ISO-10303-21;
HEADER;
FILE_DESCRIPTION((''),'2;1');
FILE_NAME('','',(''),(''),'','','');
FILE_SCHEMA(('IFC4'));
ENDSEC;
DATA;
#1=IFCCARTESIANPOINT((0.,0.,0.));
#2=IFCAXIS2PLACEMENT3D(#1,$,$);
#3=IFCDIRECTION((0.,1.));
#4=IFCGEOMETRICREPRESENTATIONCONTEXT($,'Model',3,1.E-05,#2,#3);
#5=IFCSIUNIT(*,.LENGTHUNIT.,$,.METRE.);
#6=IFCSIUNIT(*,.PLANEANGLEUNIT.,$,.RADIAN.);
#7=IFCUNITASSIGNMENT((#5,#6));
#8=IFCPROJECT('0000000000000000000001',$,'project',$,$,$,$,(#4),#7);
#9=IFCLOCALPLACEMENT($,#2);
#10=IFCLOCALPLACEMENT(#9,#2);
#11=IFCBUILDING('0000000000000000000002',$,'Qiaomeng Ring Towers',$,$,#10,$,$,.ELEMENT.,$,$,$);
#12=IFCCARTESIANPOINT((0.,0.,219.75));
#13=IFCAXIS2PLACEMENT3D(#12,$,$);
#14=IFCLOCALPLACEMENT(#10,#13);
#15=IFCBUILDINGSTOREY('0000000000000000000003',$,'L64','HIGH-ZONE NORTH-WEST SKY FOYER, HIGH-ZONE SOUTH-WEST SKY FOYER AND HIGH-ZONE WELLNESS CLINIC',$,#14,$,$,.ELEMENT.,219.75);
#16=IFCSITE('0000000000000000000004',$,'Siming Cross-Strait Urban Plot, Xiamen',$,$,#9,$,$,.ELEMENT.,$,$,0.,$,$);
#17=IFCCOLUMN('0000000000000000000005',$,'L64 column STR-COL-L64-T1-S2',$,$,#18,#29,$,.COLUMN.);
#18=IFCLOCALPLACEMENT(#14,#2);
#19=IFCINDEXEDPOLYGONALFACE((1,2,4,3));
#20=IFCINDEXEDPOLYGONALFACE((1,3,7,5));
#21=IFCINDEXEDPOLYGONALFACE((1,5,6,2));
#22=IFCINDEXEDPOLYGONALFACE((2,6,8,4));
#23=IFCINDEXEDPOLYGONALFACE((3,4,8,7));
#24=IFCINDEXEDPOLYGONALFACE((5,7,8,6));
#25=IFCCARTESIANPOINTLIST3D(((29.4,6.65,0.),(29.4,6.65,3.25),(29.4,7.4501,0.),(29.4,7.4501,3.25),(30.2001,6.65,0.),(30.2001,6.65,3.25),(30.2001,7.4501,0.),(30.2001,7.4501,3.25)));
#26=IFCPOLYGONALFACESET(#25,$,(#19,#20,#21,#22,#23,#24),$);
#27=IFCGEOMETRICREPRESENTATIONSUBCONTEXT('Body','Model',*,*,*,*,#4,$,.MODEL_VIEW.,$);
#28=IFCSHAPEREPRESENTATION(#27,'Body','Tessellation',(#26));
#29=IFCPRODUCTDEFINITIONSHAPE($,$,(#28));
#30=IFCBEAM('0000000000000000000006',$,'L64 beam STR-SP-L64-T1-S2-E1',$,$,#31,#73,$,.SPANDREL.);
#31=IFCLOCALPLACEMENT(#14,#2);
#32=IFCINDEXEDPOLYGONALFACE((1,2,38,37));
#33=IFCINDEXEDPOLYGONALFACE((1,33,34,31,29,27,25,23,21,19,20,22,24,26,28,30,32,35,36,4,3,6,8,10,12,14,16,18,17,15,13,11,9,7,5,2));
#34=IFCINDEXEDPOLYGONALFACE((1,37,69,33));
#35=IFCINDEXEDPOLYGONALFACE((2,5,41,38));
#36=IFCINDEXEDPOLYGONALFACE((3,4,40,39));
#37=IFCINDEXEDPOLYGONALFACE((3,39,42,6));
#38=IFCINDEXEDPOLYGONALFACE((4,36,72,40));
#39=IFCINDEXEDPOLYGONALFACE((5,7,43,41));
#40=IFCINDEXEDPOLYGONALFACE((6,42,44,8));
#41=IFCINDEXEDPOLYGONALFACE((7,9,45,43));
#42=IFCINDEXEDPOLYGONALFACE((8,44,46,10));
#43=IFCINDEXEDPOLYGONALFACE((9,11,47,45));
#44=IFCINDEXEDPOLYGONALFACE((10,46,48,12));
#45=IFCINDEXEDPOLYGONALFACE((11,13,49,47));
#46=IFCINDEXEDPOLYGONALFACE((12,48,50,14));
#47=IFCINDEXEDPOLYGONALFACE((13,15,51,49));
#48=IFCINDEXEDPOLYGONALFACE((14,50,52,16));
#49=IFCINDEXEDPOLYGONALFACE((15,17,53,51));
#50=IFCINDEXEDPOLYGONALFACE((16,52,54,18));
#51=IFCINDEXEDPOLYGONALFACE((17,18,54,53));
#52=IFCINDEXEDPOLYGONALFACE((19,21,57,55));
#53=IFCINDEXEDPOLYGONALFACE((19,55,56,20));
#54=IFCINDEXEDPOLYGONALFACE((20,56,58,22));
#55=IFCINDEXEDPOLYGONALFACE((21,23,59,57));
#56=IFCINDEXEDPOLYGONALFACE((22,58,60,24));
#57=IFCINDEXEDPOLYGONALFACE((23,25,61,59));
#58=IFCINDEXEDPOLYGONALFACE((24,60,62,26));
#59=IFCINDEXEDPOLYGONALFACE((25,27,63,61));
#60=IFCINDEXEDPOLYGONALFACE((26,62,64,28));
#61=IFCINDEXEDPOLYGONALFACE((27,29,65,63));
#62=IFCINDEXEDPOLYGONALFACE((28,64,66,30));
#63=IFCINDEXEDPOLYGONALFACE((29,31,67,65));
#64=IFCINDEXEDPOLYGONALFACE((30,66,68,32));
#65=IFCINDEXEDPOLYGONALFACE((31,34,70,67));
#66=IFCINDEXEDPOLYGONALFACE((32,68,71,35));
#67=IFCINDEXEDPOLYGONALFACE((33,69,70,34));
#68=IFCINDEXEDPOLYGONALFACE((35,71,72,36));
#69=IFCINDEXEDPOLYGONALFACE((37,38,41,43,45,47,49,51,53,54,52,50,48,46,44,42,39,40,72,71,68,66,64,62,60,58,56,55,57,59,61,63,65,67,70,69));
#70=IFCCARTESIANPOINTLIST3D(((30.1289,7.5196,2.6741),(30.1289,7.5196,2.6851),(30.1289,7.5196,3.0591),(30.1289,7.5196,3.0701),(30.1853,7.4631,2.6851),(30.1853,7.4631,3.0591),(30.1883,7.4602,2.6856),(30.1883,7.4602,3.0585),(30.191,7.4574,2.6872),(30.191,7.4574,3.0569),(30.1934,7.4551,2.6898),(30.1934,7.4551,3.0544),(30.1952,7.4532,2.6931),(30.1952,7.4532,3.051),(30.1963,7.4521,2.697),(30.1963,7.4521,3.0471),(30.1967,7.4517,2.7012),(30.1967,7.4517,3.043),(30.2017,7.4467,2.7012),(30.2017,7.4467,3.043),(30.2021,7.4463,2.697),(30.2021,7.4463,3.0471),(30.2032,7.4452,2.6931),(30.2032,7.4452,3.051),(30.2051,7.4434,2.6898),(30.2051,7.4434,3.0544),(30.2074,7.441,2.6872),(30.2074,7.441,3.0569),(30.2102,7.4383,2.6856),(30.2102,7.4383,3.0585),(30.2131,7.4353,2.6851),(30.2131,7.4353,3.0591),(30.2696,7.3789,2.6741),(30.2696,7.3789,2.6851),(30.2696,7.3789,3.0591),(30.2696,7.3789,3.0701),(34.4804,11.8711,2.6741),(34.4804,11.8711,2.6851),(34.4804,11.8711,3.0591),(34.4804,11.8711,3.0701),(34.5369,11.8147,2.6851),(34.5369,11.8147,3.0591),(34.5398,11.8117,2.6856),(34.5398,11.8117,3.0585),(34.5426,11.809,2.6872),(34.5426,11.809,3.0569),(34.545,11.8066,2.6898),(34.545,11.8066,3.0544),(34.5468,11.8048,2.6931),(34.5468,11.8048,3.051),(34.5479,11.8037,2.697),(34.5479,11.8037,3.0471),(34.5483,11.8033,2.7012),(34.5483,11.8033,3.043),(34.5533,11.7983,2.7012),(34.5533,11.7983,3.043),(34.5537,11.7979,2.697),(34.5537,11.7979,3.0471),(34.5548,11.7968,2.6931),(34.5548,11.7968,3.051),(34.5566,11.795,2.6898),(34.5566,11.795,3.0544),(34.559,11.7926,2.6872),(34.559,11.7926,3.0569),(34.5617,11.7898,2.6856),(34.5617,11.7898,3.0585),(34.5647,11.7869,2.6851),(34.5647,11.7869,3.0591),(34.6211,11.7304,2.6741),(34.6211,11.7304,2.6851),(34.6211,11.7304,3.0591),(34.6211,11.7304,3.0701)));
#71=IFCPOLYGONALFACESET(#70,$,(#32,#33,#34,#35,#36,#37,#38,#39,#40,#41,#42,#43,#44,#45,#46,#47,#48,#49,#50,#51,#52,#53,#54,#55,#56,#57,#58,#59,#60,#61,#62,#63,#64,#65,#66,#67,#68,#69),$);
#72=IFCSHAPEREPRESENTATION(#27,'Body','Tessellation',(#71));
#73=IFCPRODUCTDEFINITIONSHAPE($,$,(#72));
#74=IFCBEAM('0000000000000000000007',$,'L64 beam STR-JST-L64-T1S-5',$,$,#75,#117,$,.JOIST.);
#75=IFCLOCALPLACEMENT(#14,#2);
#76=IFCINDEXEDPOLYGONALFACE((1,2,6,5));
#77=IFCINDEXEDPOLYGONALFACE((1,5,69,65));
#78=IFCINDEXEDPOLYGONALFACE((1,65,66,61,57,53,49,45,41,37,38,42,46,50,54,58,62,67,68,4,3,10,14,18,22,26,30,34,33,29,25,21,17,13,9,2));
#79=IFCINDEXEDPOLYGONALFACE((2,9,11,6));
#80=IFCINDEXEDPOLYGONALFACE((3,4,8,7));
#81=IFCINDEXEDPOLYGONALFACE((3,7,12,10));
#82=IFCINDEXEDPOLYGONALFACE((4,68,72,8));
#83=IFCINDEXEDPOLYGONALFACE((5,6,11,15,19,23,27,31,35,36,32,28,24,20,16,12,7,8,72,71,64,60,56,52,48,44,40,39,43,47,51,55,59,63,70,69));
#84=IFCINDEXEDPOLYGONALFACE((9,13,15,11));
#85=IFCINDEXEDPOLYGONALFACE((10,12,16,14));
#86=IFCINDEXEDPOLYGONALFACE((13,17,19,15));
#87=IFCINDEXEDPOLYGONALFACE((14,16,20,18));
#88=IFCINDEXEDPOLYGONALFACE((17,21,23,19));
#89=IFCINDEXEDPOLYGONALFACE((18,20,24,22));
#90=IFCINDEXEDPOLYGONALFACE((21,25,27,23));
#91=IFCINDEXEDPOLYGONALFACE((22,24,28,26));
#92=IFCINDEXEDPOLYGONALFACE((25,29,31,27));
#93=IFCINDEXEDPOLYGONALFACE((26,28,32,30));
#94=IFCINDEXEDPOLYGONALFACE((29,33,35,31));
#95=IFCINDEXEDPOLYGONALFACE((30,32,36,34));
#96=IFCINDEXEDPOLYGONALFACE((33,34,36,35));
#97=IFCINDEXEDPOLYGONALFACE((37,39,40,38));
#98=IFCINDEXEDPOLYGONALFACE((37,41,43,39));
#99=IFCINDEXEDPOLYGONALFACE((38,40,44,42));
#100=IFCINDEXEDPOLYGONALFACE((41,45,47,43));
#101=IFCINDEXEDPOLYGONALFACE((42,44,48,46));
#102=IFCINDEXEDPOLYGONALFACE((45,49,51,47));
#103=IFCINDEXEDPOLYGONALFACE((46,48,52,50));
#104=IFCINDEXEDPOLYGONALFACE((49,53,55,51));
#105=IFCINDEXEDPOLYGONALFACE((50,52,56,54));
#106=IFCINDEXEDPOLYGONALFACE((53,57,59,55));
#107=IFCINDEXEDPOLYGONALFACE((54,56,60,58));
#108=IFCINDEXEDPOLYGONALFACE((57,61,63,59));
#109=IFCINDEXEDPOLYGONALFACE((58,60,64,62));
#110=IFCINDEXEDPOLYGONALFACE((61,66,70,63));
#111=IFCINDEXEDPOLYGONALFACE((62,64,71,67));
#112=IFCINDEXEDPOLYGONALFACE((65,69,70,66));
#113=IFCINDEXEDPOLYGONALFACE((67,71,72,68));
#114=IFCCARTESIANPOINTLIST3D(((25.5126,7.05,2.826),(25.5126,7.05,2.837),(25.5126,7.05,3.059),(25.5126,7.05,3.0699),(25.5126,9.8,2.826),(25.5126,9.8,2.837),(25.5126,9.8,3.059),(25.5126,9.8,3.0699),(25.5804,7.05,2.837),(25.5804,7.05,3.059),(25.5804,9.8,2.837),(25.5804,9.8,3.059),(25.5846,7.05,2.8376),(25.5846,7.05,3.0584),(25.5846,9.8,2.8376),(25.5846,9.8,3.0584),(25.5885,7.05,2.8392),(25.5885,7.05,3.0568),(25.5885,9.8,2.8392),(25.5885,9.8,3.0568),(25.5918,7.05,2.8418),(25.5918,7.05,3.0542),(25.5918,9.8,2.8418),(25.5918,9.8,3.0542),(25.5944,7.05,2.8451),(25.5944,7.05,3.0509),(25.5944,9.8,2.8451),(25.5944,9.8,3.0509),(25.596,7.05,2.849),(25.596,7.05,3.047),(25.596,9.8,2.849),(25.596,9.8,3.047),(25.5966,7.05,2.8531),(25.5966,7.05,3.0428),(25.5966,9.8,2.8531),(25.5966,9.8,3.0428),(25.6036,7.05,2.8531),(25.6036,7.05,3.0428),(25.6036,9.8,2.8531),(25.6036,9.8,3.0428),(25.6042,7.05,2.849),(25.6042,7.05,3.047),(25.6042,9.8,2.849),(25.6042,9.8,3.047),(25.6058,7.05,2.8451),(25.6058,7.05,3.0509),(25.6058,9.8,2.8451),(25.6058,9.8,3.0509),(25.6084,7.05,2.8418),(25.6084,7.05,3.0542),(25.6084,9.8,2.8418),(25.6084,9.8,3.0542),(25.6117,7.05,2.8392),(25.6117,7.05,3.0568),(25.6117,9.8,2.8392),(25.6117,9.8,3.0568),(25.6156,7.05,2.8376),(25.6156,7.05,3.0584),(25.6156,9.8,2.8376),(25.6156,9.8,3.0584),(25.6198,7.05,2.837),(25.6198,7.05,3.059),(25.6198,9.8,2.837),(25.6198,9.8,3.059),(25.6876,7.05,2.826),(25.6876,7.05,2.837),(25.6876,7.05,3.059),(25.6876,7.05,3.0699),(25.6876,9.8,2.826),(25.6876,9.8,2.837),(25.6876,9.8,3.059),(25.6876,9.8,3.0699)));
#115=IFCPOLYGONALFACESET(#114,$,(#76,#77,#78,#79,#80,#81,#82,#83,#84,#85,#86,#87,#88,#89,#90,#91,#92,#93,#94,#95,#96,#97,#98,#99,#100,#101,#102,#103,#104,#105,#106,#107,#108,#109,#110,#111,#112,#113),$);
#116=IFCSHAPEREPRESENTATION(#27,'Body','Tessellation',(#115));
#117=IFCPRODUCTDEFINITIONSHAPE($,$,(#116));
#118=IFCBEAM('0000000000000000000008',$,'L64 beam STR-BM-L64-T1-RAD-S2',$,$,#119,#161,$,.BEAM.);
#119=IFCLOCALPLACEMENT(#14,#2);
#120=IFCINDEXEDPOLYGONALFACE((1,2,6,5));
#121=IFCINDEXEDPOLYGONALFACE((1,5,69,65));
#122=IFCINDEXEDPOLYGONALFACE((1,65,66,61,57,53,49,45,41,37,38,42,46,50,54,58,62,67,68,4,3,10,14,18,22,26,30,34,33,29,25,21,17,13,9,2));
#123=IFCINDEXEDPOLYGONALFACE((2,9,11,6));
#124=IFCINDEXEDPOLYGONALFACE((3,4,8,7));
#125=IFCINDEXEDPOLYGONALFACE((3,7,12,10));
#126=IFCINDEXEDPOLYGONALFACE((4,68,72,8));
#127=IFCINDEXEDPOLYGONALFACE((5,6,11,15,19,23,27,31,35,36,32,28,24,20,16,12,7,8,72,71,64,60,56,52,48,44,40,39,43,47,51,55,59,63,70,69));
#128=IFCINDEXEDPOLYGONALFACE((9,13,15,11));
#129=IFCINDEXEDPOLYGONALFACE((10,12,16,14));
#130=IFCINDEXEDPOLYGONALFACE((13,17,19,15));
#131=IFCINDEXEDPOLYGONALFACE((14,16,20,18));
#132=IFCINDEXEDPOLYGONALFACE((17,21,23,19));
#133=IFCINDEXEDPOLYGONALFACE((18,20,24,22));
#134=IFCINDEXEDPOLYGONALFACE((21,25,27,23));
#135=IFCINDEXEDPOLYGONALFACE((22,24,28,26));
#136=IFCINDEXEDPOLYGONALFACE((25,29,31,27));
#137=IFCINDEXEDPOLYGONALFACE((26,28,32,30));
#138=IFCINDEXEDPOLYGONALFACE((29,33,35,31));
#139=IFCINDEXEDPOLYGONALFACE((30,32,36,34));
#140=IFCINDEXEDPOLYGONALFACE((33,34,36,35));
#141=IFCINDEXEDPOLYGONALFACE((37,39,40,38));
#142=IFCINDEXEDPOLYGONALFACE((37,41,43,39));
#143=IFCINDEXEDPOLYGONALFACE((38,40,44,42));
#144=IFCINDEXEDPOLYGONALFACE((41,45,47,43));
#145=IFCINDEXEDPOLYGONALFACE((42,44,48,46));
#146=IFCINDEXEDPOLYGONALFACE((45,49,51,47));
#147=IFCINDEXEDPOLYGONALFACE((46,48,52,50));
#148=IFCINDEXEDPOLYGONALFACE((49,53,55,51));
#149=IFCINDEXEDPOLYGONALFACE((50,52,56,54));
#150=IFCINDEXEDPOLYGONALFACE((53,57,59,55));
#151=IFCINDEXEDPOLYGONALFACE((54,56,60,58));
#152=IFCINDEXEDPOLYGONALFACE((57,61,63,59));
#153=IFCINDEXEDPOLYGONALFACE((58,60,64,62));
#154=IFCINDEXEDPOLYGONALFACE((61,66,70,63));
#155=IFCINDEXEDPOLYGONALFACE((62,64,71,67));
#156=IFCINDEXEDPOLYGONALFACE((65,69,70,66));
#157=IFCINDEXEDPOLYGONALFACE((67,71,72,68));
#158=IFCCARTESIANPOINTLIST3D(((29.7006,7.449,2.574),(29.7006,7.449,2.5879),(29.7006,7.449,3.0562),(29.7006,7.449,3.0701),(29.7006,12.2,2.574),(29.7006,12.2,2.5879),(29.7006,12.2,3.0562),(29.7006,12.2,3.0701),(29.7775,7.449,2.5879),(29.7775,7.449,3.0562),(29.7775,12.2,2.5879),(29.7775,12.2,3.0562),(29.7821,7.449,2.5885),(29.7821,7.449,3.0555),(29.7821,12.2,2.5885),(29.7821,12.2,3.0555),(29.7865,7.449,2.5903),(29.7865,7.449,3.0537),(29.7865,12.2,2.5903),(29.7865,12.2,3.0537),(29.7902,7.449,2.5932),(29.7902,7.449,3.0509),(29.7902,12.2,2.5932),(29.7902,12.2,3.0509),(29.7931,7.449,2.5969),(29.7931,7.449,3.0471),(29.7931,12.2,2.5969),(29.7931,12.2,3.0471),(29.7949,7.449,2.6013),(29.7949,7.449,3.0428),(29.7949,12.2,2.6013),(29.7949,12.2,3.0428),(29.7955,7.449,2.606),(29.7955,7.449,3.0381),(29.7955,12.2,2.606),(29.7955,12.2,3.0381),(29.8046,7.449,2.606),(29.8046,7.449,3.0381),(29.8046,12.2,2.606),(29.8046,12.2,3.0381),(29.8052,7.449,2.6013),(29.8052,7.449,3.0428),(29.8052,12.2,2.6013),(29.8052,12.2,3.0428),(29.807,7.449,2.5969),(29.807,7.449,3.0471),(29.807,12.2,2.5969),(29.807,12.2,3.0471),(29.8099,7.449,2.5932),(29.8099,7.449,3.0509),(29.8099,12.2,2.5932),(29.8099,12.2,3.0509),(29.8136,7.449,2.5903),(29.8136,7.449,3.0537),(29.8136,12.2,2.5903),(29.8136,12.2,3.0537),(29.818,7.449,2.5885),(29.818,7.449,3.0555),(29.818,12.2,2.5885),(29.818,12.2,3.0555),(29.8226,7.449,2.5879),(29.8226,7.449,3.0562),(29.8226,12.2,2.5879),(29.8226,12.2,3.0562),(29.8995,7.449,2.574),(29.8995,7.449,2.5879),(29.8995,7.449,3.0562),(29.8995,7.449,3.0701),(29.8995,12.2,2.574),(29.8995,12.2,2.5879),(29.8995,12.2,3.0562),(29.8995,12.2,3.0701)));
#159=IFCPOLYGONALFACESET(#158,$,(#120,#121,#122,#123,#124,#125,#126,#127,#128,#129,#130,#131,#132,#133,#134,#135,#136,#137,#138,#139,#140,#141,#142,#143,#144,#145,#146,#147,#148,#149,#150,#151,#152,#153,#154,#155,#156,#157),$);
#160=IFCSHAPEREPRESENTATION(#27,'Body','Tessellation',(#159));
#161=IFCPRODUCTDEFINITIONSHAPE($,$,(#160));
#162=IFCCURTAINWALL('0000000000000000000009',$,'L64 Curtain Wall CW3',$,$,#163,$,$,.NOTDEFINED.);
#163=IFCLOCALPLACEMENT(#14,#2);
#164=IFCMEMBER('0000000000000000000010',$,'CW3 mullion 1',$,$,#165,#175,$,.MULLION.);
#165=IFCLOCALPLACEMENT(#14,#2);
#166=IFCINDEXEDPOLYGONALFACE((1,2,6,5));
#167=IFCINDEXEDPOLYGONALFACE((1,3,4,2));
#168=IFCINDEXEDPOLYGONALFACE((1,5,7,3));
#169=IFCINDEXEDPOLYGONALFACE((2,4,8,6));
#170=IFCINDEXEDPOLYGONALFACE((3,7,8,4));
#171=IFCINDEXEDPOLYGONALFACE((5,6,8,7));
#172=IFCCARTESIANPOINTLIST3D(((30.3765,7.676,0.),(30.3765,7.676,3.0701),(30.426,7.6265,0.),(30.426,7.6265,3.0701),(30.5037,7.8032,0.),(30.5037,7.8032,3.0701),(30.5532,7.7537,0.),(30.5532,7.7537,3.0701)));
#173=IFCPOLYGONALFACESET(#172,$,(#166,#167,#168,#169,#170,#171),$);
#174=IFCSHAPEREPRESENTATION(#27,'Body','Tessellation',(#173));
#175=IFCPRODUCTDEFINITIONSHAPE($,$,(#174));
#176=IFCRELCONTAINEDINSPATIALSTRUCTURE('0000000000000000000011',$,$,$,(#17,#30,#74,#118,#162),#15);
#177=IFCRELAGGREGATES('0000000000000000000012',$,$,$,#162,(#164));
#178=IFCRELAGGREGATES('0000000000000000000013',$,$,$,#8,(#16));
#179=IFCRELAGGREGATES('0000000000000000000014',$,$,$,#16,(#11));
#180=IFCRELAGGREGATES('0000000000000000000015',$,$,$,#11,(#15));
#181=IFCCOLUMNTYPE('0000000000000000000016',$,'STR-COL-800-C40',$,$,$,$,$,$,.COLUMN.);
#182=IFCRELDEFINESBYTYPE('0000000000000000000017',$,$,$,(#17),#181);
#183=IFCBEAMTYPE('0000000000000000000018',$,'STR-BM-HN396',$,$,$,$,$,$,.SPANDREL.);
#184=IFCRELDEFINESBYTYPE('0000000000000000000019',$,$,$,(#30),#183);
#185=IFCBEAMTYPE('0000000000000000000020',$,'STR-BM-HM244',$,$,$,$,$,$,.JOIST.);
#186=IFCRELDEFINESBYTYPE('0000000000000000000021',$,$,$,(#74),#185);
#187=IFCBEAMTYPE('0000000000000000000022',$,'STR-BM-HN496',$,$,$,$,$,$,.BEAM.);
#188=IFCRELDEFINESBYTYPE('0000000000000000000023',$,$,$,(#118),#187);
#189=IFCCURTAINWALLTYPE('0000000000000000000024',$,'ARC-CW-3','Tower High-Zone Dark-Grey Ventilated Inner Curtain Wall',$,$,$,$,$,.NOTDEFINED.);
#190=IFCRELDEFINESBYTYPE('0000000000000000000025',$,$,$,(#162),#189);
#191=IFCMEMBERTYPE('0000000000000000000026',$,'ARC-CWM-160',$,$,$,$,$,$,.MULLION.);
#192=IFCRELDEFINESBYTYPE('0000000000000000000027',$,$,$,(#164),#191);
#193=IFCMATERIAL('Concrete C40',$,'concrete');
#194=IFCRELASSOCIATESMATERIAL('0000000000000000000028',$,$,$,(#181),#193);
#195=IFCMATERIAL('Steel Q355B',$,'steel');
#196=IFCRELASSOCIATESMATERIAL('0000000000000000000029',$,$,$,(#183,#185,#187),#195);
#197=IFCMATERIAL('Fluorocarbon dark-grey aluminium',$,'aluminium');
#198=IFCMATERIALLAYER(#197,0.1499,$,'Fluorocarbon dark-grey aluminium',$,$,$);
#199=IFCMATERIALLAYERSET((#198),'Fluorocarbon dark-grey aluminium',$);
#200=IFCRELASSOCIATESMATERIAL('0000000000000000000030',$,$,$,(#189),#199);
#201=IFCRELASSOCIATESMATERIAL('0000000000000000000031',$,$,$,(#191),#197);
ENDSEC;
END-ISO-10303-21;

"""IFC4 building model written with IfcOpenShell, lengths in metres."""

from ifc_helpers import new_model, si_unit, direction, frame, origin, origin_2d, place, context, subcontext, project, spatial, rectangle, i_section, extrude, source, transform, mapped, material, layer, layer_set, material_profile, profile_set, type_object, element, aggregate, save


model = new_model("IFC4")

# Units and contexts
model_context = context("Model", 3, precision=1e-05, world=origin(), true_north=direction((0.0, 1.0)))
body_context = subcontext(model_context, "Body", "Model", "MODEL_VIEW")
ifc_project = project(units=[si_unit("LENGTHUNIT", "METRE"), si_unit("PLANEANGLEUNIT", "RADIAN")], contexts=[model_context])

# Site, building, storey
site_placement = place(None, origin())
site = spatial("IfcSite", under=ifc_project, at=site_placement, Name="Siming Cross-Strait Urban Plot, Xiamen", CompositionType="ELEMENT", RefElevation=0.0)
building_placement = place(site_placement, origin())
building = spatial("IfcBuilding", under=site, at=building_placement, Name="Qiaomeng Ring Towers", CompositionType="ELEMENT")
storey_placement = place(building_placement, frame((0.0, 0.0, 219.75)))
storey = spatial("IfcBuildingStorey", under=building, at=storey_placement, Name="L64", Description="HIGH-ZONE NORTH-WEST SKY FOYER, HIGH-ZONE SOUTH-WEST SKY FOYER AND HIGH-ZONE WELLNESS CLINIC", CompositionType="ELEMENT", Elevation=219.75)

# Column
ifc_material_1 = material(Name="Concrete C40", Category="concrete")
ifc_material_profile_1 = material_profile(ifc_material_1, rectangle(XDim=0.8, YDim=0.8, at=origin_2d()), Name="RC COL 800x800")
ifc_profile_set_1 = profile_set([ifc_material_profile_1], Name="Concrete C40")
column_type = type_object("IfcColumnType", Name="STR-COL-800-C40", PredefinedType="COLUMN", material=ifc_profile_set_1)
shared_shape_1 = source(origin(), body_context, "Body", "SweptSolid", [
    extrude(rectangle(XDim=0.8, YDim=0.8, at=origin_2d()), origin(), (0.0, 0.0, 1.0), 3.25),
])
column_placement = place(storey_placement, frame((29.8, 7.05, 0.0), z_axis=(0.0, 0.0, 1.0), x_axis=(1.0, 0.0, 0.0)))
element("IfcColumn", 1, at=column_placement, inside=storey, type_object=column_type, Name="L64 column STR-COL-L64-T1-S2", PredefinedType="COLUMN", context=body_context, shape_type="MappedRepresentation", body=[
    mapped(shared_shape_1, transform((0.0, 0.0, 0.0), x_axis=(1.0, 0.0, 0.0), y_axis=(0.0, 1.0, 0.0), z_axis=(0.0, 0.0, 1.0), scale=1.0)),
])

# Beams
ifc_material_2 = material(Name="Steel Q355B", Category="steel")
ifc_material_profile_2 = material_profile(ifc_material_2, i_section(OverallWidth=0.199, OverallDepth=0.396, WebThickness=0.0071, FlangeThickness=0.011, FilletRadius=0.0161, at=origin_2d()), Name="HN 396x199x7x11")
ifc_profile_set_2 = profile_set([ifc_material_profile_2], Name="Steel Q355B")
beam_type_1 = type_object("IfcBeamType", Name="STR-BM-HN396", PredefinedType="SPANDREL", material=ifc_profile_set_2)
shared_shape_2 = source(origin(), body_context, "Body", "SweptSolid", [
    extrude(i_section(OverallWidth=0.199, OverallDepth=0.396, WebThickness=0.0071, FlangeThickness=0.011, FilletRadius=0.0161, at=origin_2d()), origin(), (0.0, 0.0, 1.0), 6.1541),
])
beam_1_placement = place(storey_placement, frame((30.1992, 7.4492, 2.8721), z_axis=(0.707107, 0.707107, 0.0), x_axis=(-0.707107, 0.707107, 0.0)))
element("IfcBeam", 2, at=beam_1_placement, inside=storey, type_object=beam_type_1, Name="L64 beam STR-SP-L64-T1-S2-E1", PredefinedType="SPANDREL", context=body_context, shape_type="MappedRepresentation", body=[
    mapped(shared_shape_2, transform((0.0, 0.0, 0.0), x_axis=(1.0, 0.0, 0.0), y_axis=(0.0, 1.0, 0.0), z_axis=(0.0, 0.0, 1.0), scale=1.0)),
])
ifc_material_profile_3 = material_profile(ifc_material_2, i_section(OverallWidth=0.175, OverallDepth=0.2439, WebThickness=0.0071, FlangeThickness=0.011, FilletRadius=0.0161, at=origin_2d()), Name="HM 244x175x7x11")
ifc_profile_set_3 = profile_set([ifc_material_profile_3], Name="Steel Q355B")
beam_type_2 = type_object("IfcBeamType", Name="STR-BM-HM244", PredefinedType="JOIST", material=ifc_profile_set_3)
shared_shape_3 = source(origin(), body_context, "Body", "SweptSolid", [
    extrude(i_section(OverallWidth=0.175, OverallDepth=0.2439, WebThickness=0.0071, FlangeThickness=0.011, FilletRadius=0.0161, at=origin_2d()), origin(), (0.0, 0.0, 1.0), 2.75),
])
beam_2_placement = place(storey_placement, frame((25.6001, 7.05, 2.948), z_axis=(0.0, 1.0, 0.0), x_axis=(-1.0, 0.0, 0.0)))
element("IfcBeam", 3, at=beam_2_placement, inside=storey, type_object=beam_type_2, Name="L64 beam STR-JST-L64-T1S-5", PredefinedType="JOIST", context=body_context, shape_type="MappedRepresentation", body=[
    mapped(shared_shape_3, transform((0.0, 0.0, 0.0), x_axis=(1.0, 0.0, 0.0), y_axis=(0.0, 1.0, 0.0), z_axis=(0.0, 0.0, 1.0), scale=1.0)),
])
ifc_material_profile_4 = material_profile(ifc_material_2, i_section(OverallWidth=0.199, OverallDepth=0.4961, WebThickness=0.009, FlangeThickness=0.0139, FilletRadius=0.0181, at=origin_2d()), Name="HN 496x199x9x14")
ifc_profile_set_4 = profile_set([ifc_material_profile_4], Name="Steel Q355B")
beam_type_3 = type_object("IfcBeamType", Name="STR-BM-HN496", PredefinedType="BEAM", material=ifc_profile_set_4)
shared_shape_4 = source(origin(), body_context, "Body", "SweptSolid", [
    extrude(i_section(OverallWidth=0.199, OverallDepth=0.4961, WebThickness=0.009, FlangeThickness=0.0139, FilletRadius=0.0181, at=origin_2d()), origin(), (0.0, 0.0, 1.0), 4.751),
])
beam_3_placement = place(storey_placement, frame((29.8, 7.449, 2.822), z_axis=(0.0, 1.0, 0.0), x_axis=(-1.0, 0.0, 0.0)))
element("IfcBeam", 4, at=beam_3_placement, inside=storey, type_object=beam_type_3, Name="L64 beam STR-BM-L64-T1-RAD-S2", PredefinedType="BEAM", context=body_context, shape_type="MappedRepresentation", body=[
    mapped(shared_shape_4, transform((0.0, 0.0, 0.0), x_axis=(1.0, 0.0, 0.0), y_axis=(0.0, 1.0, 0.0), z_axis=(0.0, 0.0, 1.0), scale=1.0)),
])

# Curtain wall, member
ifc_material_3 = material(Name="Fluorocarbon dark-grey aluminium", Category="aluminium")
ifc_layer_1 = layer(ifc_material_3, 0.1499, Name="Fluorocarbon dark-grey aluminium")
ifc_layer_set_1 = layer_set([ifc_layer_1], Name="Fluorocarbon dark-grey aluminium")
curtain_wall_type = type_object("IfcCurtainWallType", Name="ARC-CW-3", Description="Tower High-Zone Dark-Grey Ventilated Inner Curtain Wall", PredefinedType="NOTDEFINED", material=ifc_layer_set_1)
curtain_wall_placement = place(storey_placement, origin())
curtain_wall = element("IfcCurtainWall", 5, at=curtain_wall_placement, inside=storey, type_object=curtain_wall_type, Name="L64 Curtain Wall CW3", PredefinedType="NOTDEFINED")
ifc_material_profile_5 = material_profile(ifc_material_3, rectangle(XDim=0.0701, YDim=0.1799, at=origin_2d()), Name="ALU MULL 70x180")
ifc_profile_set_5 = profile_set([ifc_material_profile_5], Name="Fluorocarbon dark-grey aluminium")
member_type_1 = type_object("IfcMemberType", Name="ARC-CWM-160", PredefinedType="MULLION", material=ifc_profile_set_5)
shared_shape_5 = source(origin(), body_context, "Body", "SweptSolid", [
    extrude(rectangle(XDim=0.0701, YDim=0.1799, at=origin_2d()), origin(), (0.0, 0.0, 1.0), 3.0701),
])
member_1_placement = place(storey_placement, frame((30.4648, 7.7148, 0.0), z_axis=(0.0, 0.0, 1.0), x_axis=(-0.707107, 0.707107, 0.0)))
member_1 = element("IfcMember", 6, at=member_1_placement, type_object=member_type_1, Name="CW3 mullion 1", PredefinedType="MULLION", context=body_context, shape_type="MappedRepresentation", body=[
    mapped(shared_shape_5, transform((0.0, 0.0, 0.0), x_axis=(1.0, 0.0, 0.0), y_axis=(0.0, 1.0, 0.0), z_axis=(0.0, 0.0, 1.0), scale=1.0)),
])
aggregate(curtain_wall, [member_1])

save(model, "model.ifc")
